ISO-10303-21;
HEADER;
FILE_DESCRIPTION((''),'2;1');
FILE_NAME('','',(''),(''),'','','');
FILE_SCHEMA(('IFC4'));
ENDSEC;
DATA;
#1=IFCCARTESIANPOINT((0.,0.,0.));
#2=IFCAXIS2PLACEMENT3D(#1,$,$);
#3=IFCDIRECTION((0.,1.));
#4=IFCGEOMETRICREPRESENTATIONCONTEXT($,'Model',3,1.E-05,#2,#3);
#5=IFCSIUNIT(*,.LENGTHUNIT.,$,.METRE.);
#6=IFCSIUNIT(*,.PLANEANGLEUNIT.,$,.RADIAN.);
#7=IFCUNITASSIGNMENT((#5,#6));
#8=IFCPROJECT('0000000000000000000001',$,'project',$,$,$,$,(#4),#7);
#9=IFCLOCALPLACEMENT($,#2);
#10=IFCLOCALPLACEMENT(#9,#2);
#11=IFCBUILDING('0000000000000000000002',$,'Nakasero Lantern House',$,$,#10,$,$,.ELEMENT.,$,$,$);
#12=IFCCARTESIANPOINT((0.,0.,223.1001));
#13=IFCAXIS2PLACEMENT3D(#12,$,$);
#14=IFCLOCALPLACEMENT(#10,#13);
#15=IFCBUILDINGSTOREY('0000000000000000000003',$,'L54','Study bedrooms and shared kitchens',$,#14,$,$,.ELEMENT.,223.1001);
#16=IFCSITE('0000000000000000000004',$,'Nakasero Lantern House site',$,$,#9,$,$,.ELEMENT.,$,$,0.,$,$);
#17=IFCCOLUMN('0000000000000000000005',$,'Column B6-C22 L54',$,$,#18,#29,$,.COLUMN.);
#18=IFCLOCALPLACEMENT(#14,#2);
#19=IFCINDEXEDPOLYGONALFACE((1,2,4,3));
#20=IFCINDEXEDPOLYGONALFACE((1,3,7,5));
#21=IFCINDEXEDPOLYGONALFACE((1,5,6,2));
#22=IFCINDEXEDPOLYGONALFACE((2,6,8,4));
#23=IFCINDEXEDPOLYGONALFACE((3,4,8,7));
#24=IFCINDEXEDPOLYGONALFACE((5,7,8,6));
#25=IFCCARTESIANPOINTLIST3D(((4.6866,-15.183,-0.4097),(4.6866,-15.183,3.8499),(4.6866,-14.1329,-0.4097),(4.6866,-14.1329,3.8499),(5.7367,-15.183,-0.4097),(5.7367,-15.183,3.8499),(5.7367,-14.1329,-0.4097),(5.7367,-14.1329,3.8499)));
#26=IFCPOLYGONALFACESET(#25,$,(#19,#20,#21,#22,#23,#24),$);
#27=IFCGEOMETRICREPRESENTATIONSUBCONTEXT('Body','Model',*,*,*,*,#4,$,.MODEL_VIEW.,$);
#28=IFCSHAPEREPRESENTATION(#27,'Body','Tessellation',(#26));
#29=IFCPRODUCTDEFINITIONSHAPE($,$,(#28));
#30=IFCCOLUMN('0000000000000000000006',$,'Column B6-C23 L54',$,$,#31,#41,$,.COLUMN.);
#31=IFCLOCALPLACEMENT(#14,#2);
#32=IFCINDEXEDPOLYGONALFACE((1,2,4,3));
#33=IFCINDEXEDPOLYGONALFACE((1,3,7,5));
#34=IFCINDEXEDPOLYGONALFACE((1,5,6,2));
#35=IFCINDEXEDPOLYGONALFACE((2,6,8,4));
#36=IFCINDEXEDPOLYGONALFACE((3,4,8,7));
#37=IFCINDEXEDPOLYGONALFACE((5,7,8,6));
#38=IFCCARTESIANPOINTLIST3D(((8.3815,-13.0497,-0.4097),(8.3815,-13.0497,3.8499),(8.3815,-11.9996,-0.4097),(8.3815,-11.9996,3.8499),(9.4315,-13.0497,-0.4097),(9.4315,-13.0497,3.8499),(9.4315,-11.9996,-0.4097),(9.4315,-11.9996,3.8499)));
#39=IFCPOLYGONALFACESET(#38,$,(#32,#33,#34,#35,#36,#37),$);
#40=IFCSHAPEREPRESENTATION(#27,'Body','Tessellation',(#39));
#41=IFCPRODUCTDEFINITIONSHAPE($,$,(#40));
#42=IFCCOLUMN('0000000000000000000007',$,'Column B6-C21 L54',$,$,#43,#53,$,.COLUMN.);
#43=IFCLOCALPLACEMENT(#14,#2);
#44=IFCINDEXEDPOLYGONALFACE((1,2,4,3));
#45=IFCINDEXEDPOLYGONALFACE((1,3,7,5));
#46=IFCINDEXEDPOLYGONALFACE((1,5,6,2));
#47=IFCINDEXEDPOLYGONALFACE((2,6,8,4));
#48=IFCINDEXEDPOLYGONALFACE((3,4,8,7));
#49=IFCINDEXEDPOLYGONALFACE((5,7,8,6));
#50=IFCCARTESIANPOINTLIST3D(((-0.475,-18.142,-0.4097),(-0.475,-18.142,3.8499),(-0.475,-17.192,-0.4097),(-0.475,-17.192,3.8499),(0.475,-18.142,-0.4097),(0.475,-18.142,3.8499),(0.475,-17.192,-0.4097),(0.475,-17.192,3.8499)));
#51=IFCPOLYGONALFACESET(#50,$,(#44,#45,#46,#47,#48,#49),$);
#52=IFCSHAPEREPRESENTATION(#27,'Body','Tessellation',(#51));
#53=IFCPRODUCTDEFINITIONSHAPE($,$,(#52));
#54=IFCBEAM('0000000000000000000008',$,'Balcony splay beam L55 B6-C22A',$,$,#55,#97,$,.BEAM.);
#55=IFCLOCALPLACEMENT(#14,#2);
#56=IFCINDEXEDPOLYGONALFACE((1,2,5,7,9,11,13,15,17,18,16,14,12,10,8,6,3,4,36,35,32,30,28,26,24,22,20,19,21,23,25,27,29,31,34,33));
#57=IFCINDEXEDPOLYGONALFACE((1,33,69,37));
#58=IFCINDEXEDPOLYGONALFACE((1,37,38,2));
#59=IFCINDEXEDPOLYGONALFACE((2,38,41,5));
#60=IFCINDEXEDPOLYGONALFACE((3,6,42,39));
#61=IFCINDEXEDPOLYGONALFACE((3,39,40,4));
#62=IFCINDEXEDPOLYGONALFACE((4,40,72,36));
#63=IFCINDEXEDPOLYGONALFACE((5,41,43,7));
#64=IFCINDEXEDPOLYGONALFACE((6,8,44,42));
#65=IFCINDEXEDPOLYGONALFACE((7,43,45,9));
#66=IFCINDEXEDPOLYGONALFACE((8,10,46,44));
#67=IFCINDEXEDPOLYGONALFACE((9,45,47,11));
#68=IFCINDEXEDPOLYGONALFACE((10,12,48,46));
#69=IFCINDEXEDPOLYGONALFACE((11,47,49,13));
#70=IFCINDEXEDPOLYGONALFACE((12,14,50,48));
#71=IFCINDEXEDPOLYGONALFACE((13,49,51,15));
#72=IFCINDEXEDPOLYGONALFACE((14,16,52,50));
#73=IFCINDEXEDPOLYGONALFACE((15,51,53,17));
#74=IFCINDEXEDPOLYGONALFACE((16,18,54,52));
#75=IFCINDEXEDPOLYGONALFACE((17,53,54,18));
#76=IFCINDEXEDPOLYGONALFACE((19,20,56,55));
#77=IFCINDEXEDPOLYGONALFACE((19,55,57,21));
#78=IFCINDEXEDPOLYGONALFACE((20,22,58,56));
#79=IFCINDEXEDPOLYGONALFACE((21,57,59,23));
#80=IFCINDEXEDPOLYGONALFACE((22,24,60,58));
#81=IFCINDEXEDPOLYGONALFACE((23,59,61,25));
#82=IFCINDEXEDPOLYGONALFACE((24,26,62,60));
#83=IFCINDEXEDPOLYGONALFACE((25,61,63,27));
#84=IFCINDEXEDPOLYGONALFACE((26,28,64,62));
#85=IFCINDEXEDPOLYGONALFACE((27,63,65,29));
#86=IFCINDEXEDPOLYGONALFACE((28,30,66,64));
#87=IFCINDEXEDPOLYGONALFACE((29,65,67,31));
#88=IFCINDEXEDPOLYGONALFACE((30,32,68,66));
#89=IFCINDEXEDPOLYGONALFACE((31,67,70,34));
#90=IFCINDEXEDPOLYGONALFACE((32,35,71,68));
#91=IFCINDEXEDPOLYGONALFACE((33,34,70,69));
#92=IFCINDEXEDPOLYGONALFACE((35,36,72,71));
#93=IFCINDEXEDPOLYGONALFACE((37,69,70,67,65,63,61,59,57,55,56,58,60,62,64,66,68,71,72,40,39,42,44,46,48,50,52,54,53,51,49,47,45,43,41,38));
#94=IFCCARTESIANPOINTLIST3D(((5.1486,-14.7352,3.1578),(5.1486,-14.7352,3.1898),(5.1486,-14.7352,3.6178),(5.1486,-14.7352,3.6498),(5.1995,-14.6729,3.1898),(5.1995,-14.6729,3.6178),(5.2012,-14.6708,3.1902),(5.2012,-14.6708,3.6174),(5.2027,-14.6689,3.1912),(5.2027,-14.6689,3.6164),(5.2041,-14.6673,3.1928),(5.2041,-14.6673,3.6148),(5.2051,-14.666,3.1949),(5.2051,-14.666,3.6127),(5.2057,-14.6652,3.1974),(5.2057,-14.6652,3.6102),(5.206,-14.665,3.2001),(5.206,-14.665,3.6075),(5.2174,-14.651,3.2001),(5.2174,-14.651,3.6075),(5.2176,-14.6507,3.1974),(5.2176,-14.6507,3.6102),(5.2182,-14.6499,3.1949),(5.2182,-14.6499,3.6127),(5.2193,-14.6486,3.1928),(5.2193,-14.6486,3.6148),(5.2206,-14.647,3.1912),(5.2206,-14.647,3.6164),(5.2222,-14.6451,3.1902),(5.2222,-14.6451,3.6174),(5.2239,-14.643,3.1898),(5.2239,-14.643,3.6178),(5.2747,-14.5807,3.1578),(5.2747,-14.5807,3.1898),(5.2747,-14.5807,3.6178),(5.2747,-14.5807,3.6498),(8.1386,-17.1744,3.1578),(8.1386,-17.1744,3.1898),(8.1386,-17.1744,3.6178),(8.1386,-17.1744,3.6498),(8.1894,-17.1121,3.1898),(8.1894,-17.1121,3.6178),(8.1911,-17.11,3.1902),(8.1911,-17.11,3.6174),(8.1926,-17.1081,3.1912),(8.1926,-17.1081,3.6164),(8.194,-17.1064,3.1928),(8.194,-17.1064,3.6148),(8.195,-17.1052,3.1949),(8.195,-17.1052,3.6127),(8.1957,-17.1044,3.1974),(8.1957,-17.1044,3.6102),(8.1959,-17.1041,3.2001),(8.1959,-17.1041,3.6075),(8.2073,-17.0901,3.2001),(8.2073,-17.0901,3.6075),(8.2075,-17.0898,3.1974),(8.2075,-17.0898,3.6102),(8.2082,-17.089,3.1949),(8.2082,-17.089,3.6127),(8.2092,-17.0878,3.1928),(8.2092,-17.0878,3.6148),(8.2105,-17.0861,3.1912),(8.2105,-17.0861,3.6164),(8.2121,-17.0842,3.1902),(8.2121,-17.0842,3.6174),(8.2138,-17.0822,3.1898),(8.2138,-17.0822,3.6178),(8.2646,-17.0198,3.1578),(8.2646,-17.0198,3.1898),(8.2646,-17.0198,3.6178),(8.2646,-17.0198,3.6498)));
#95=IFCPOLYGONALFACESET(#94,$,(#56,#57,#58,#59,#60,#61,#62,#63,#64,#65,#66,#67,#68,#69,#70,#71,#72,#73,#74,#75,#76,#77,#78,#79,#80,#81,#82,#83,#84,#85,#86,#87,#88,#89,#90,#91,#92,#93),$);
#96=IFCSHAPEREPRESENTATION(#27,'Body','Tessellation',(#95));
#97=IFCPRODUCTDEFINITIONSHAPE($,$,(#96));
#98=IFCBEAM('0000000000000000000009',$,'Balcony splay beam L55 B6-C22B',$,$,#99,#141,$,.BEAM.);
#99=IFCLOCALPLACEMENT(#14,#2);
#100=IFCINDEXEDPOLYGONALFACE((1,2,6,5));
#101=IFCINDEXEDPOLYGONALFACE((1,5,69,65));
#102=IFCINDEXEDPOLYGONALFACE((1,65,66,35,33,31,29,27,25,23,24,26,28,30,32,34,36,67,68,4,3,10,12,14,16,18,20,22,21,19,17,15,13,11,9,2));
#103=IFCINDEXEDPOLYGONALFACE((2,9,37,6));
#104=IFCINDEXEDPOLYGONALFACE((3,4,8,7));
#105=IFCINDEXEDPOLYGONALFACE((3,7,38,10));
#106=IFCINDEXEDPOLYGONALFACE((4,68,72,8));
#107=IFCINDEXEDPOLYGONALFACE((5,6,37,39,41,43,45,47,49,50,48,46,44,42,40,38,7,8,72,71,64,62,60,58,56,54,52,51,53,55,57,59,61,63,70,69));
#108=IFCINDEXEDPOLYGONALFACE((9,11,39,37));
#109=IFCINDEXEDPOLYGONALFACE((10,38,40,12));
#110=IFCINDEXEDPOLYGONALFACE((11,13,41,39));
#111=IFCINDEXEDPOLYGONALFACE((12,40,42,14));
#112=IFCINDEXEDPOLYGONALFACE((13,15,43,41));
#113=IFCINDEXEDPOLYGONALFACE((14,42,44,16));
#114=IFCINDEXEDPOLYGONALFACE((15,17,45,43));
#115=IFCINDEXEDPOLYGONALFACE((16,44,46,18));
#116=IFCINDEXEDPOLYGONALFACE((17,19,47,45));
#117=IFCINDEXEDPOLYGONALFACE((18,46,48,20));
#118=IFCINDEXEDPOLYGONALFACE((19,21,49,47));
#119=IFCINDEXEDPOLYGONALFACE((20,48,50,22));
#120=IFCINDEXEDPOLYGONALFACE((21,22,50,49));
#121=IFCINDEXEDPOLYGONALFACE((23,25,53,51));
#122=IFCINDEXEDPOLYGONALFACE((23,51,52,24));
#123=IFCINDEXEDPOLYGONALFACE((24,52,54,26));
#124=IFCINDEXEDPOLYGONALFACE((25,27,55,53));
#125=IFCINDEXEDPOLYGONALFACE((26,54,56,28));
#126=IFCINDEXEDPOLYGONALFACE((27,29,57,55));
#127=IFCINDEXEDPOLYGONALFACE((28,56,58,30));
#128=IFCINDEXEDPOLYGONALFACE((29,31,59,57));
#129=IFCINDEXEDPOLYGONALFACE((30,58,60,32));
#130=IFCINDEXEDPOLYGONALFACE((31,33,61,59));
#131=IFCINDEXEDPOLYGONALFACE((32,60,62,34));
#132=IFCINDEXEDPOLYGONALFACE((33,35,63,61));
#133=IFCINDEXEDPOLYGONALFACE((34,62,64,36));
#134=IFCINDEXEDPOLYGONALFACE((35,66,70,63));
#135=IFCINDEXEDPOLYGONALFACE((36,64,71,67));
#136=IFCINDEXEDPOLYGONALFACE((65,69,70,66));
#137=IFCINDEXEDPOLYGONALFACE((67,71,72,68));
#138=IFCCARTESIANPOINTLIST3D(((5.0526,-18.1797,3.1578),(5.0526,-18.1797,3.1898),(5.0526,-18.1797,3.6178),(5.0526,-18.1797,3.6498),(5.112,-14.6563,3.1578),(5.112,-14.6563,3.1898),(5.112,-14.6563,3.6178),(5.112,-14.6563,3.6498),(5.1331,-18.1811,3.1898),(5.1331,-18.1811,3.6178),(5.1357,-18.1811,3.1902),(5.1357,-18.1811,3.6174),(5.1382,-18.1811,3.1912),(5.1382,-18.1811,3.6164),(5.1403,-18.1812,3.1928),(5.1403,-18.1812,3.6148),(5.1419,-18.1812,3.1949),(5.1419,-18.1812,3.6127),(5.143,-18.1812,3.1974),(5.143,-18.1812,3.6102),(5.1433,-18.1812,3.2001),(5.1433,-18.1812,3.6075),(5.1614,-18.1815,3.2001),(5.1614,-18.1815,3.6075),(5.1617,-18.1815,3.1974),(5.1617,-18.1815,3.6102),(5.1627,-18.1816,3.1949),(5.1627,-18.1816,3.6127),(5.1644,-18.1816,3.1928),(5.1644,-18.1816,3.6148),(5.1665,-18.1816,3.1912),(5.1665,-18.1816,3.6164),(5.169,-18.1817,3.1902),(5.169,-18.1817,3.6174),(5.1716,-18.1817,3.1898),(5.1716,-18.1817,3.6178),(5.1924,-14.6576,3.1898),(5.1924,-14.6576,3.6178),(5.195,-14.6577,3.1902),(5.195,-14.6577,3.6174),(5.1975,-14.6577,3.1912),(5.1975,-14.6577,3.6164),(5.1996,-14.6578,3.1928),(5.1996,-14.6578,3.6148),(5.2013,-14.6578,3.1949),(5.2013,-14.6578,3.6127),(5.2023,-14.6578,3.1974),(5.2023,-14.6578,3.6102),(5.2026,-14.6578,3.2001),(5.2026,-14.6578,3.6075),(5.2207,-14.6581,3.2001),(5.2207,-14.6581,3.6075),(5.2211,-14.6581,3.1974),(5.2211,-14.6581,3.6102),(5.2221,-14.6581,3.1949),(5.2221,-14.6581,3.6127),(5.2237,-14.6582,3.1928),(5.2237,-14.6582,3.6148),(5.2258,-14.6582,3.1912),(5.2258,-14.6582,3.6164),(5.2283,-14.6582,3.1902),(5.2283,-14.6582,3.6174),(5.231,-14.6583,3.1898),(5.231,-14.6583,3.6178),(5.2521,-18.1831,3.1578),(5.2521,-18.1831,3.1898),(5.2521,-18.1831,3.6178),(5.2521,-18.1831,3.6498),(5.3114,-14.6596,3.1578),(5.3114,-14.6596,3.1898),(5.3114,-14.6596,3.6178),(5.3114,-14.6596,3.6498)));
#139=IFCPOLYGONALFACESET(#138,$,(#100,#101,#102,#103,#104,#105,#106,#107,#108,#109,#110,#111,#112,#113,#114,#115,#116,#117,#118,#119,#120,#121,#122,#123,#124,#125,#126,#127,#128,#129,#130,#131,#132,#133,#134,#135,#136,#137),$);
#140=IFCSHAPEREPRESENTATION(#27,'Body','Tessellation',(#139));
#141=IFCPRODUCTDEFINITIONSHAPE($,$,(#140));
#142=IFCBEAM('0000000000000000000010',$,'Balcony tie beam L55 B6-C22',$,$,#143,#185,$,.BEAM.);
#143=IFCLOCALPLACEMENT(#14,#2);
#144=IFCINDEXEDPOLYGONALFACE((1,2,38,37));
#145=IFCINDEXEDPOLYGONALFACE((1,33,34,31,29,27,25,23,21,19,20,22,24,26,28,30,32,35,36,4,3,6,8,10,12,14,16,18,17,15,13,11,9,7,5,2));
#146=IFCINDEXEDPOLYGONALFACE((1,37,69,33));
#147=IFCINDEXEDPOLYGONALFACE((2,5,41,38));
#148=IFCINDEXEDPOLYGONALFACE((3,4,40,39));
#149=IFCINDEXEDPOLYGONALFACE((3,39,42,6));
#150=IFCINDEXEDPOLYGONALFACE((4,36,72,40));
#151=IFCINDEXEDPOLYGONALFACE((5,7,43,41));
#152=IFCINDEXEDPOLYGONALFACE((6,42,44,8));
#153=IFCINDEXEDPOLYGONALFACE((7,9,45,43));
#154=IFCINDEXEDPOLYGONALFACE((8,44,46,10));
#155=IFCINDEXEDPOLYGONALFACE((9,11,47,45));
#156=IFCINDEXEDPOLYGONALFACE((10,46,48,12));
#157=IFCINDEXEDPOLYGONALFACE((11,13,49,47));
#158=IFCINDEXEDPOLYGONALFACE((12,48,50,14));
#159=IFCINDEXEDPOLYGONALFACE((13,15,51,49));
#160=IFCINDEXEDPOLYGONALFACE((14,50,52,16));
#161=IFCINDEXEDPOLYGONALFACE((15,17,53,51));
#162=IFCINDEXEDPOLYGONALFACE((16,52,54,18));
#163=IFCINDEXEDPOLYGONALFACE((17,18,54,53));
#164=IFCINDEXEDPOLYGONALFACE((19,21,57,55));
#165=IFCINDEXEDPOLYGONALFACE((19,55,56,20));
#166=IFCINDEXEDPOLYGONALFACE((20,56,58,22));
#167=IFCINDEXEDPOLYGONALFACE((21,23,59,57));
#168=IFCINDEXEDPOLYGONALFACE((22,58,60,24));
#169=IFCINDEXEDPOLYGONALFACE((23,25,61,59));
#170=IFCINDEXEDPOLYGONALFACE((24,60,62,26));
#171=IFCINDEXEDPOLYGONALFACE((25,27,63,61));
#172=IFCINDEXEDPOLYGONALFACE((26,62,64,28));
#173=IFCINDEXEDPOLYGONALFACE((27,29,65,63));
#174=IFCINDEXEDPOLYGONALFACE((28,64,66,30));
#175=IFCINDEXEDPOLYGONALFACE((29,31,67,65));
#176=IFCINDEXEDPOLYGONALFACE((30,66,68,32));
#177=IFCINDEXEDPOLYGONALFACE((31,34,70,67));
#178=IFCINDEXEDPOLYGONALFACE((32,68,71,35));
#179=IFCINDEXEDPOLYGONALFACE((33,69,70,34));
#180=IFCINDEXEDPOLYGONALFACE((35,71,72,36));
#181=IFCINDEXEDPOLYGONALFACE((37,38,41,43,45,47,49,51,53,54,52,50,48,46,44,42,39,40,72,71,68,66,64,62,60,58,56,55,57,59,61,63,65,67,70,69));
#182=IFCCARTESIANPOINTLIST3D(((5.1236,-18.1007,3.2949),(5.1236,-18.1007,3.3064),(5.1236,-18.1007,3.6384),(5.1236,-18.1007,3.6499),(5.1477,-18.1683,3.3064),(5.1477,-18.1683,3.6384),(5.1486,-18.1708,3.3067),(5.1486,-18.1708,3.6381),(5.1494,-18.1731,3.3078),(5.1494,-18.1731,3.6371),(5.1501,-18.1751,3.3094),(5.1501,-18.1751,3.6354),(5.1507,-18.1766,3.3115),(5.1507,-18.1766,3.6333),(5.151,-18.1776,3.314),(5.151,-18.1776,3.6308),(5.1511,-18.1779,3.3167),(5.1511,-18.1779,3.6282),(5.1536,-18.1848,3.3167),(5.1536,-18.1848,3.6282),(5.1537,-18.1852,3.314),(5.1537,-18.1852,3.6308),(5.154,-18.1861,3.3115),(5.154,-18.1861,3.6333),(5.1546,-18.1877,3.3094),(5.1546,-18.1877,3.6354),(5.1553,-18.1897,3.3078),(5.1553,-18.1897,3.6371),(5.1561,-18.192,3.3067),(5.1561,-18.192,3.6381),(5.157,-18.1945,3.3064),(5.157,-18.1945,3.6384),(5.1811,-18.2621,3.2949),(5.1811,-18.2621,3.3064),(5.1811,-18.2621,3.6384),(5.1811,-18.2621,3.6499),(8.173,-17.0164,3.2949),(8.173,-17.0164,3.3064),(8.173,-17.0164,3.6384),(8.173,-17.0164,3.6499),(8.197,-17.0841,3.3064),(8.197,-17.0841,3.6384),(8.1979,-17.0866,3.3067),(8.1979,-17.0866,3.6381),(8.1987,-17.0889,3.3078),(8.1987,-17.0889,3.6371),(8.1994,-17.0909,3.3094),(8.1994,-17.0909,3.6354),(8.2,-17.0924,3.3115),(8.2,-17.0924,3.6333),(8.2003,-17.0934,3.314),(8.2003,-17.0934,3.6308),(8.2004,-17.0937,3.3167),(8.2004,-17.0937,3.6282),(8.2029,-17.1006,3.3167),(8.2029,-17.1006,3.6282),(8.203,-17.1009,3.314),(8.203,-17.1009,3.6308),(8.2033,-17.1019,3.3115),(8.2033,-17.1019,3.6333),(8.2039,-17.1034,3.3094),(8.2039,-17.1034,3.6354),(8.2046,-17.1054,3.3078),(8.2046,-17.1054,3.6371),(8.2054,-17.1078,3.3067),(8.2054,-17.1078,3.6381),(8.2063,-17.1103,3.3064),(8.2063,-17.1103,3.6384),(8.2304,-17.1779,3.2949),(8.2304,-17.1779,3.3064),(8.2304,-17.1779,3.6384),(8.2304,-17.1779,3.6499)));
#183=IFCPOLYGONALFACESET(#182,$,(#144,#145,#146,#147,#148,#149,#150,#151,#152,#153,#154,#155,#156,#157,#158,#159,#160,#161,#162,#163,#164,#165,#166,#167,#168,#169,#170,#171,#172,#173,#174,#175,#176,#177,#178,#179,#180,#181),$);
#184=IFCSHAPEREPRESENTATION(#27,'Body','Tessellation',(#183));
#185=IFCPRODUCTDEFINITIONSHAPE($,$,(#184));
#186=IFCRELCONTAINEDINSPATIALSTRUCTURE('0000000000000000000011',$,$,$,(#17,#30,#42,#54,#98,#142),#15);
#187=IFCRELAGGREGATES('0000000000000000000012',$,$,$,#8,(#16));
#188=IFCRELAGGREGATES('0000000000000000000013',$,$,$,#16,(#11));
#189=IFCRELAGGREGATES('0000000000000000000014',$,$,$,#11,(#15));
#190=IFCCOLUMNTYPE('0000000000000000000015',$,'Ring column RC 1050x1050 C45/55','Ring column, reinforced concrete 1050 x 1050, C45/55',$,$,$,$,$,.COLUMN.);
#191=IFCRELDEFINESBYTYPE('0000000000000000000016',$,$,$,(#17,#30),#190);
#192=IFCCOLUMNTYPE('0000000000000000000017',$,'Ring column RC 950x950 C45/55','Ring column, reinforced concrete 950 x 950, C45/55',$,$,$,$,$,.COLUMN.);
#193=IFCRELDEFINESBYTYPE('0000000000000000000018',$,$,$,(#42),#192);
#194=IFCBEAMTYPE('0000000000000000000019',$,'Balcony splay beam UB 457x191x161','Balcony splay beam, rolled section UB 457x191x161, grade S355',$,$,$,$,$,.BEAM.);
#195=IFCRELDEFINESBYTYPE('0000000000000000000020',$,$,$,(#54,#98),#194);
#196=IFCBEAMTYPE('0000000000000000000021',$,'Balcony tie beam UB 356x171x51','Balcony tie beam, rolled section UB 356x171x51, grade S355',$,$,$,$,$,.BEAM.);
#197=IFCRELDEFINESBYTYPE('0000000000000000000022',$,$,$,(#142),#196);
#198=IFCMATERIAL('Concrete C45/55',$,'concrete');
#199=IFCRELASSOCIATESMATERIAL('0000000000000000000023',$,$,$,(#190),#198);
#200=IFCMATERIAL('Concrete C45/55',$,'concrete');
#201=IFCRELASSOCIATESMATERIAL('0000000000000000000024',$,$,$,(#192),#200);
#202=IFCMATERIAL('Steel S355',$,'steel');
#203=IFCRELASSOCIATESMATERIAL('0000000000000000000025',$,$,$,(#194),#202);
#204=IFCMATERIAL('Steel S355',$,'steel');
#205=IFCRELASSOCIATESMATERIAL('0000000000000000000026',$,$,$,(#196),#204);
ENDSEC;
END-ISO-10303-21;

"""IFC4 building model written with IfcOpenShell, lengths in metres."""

from ifc_helpers import new_model, si_unit, direction, frame, origin, origin_2d, place, context, subcontext, project, spatial, rectangle, i_section, extrude, material, material_profile, profile_set, type_object, element, save


model = new_model("IFC4")

# Units and contexts
model_context = context("Model", 3, precision=1e-05, world=origin(), true_north=direction((0.0, 1.0)))
body_context = subcontext(model_context, "Body", "Model", "MODEL_VIEW")
ifc_project = project(units=[si_unit("LENGTHUNIT", "METRE"), si_unit("PLANEANGLEUNIT", "RADIAN")], contexts=[model_context])

# Site, building, storey
site_placement = place(None, origin())
site = spatial("IfcSite", under=ifc_project, at=site_placement, Name="Nakasero Lantern House site", CompositionType="ELEMENT", RefElevation=0.0)
building_placement = place(site_placement, origin())
building = spatial("IfcBuilding", under=site, at=building_placement, Name="Nakasero Lantern House", CompositionType="ELEMENT")
storey_placement = place(building_placement, frame((0.0, 0.0, 223.1001)))
storey = spatial("IfcBuildingStorey", under=building, at=storey_placement, Name="L54", Description="Study bedrooms and shared kitchens", CompositionType="ELEMENT", Elevation=223.1001)

# Columns
ifc_material_1 = material(Name="Concrete C45/55", Category="concrete")
ifc_material_profile_1 = material_profile(ifc_material_1, rectangle(XDim=1.05, YDim=1.05, at=origin_2d()), Name="RC 1050x1050")
ifc_profile_set_1 = profile_set([ifc_material_profile_1], Name="Concrete C45/55")
column_type_1 = type_object("IfcColumnType", Name="Ring column RC 1050x1050 C45/55", Description="Ring column, reinforced concrete 1050 x 1050, C45/55", PredefinedType="COLUMN", material=ifc_profile_set_1)
for number, where, z_axis, x_axis, name in (
    (1, (5.2117, -14.658, -0.4097), (0.0, 0.0, 1.0), (1.0, 0.0, 0.0), "Column B6-C22 L54"),
    (2, (8.9065, -12.5247, -0.4097), (0.0, 0.0, 1.0), (1.0, 0.0, 0.0), "Column B6-C23 L54"),
):
    element("IfcColumn", number, at=place(storey_placement, frame(where, z_axis=z_axis, x_axis=x_axis)), inside=storey, type_object=column_type_1, Name=name, PredefinedType="COLUMN", context=body_context, shape_type="SweptSolid", body=[
        extrude(rectangle(XDim=1.05, YDim=1.05, at=origin_2d()), origin(), (0.0, 0.0, 1.0), 4.2595),
    ])
ifc_material_2 = material(Name="Concrete C45/55", Category="concrete")
ifc_material_profile_2 = material_profile(ifc_material_2, rectangle(XDim=0.95, YDim=0.95, at=origin_2d()), Name="RC 950x950")
ifc_profile_set_2 = profile_set([ifc_material_profile_2], Name="Concrete C45/55")
column_type_2 = type_object("IfcColumnType", Name="Ring column RC 950x950 C45/55", Description="Ring column, reinforced concrete 950 x 950, C45/55", PredefinedType="COLUMN", material=ifc_profile_set_2)
column_placement = place(storey_placement, frame((0.0, -17.667, -0.4097), z_axis=(0.0, 0.0, 1.0), x_axis=(1.0, 0.0, 0.0)))
element("IfcColumn", 3, at=column_placement, inside=storey, type_object=column_type_2, Name="Column B6-C21 L54", PredefinedType="COLUMN", context=body_context, shape_type="SweptSolid", body=[
    extrude(rectangle(XDim=0.95, YDim=0.95, at=origin_2d()), origin(), (0.0, 0.0, 1.0), 4.2595),
])

# Beams
ifc_material_3 = material(Name="Steel S355", Category="steel")
ifc_material_profile_3 = material_profile(ifc_material_3, i_section(OverallWidth=0.1995, OverallDepth=0.4919, WebThickness=0.0181, FlangeThickness=0.032, FilletRadius=0.0103, at=origin_2d()), Name="UB 457x191x161")
ifc_profile_set_3 = profile_set([ifc_material_profile_3], Name="Steel S355")
beam_type_1 = type_object("IfcBeamType", Name="Balcony splay beam UB 457x191x161", Description="Balcony splay beam, rolled section UB 457x191x161, grade S355", PredefinedType="BEAM", material=ifc_profile_set_3)
beam_1_placement = place(storey_placement, frame((5.2117, -14.658, 3.4038), z_axis=(0.774864, -0.632128, 0.0), x_axis=(0.632128, 0.774864, 0.0)))
element("IfcBeam", 4, at=beam_1_placement, inside=storey, type_object=beam_type_1, Name="Balcony splay beam L55 B6-C22A", PredefinedType="BEAM", context=body_context, shape_type="SweptSolid", body=[
    extrude(i_section(OverallWidth=0.1995, OverallDepth=0.4919, WebThickness=0.0181, FlangeThickness=0.032, FilletRadius=0.0103, at=origin_2d()), origin(), (0.0, 0.0, 1.0), 3.8586),
])
beam_2_placement = place(storey_placement, frame((5.2117, -14.658, 3.4038), z_axis=(-0.016835, -0.999858, 0.0), x_axis=(0.999858, -0.016835, 0.0)))
element("IfcBeam", 5, at=beam_2_placement, inside=storey, type_object=beam_type_1, Name="Balcony splay beam L55 B6-C22B", PredefinedType="BEAM", context=body_context, shape_type="SweptSolid", body=[
    extrude(i_section(OverallWidth=0.1995, OverallDepth=0.4919, WebThickness=0.0181, FlangeThickness=0.032, FilletRadius=0.0103, at=origin_2d()), origin(), (0.0, 0.0, 1.0), 3.5239),
])
ifc_material_4 = material(Name="Steel S355", Category="steel")
ifc_material_profile_4 = material_profile(ifc_material_4, i_section(OverallWidth=0.1714, OverallDepth=0.355, WebThickness=0.0073, FlangeThickness=0.0115, FilletRadius=0.0103, at=origin_2d()), Name="UB 356x171x51")
ifc_profile_set_4 = profile_set([ifc_material_profile_4], Name="Steel S355")
beam_type_2 = type_object("IfcBeamType", Name="Balcony tie beam UB 356x171x51", Description="Balcony tie beam, rolled section UB 356x171x51, grade S355", PredefinedType="BEAM", material=ifc_profile_set_4)
beam_3_placement = place(storey_placement, frame((8.2017, -17.0972, 3.4724), z_axis=(-0.942212, -0.335017, 0.0), x_axis=(0.335017, -0.942212, 0.0)))
element("IfcBeam", 6, at=beam_3_placement, inside=storey, type_object=beam_type_2, Name="Balcony tie beam L55 B6-C22", PredefinedType="BEAM", context=body_context, shape_type="SweptSolid", body=[
    extrude(i_section(OverallWidth=0.1714, OverallDepth=0.355, WebThickness=0.0073, FlangeThickness=0.0115, FilletRadius=0.0103, at=origin_2d()), origin(), (0.0, 0.0, 1.0), 3.2363),
])

save(model, "model.ifc")
